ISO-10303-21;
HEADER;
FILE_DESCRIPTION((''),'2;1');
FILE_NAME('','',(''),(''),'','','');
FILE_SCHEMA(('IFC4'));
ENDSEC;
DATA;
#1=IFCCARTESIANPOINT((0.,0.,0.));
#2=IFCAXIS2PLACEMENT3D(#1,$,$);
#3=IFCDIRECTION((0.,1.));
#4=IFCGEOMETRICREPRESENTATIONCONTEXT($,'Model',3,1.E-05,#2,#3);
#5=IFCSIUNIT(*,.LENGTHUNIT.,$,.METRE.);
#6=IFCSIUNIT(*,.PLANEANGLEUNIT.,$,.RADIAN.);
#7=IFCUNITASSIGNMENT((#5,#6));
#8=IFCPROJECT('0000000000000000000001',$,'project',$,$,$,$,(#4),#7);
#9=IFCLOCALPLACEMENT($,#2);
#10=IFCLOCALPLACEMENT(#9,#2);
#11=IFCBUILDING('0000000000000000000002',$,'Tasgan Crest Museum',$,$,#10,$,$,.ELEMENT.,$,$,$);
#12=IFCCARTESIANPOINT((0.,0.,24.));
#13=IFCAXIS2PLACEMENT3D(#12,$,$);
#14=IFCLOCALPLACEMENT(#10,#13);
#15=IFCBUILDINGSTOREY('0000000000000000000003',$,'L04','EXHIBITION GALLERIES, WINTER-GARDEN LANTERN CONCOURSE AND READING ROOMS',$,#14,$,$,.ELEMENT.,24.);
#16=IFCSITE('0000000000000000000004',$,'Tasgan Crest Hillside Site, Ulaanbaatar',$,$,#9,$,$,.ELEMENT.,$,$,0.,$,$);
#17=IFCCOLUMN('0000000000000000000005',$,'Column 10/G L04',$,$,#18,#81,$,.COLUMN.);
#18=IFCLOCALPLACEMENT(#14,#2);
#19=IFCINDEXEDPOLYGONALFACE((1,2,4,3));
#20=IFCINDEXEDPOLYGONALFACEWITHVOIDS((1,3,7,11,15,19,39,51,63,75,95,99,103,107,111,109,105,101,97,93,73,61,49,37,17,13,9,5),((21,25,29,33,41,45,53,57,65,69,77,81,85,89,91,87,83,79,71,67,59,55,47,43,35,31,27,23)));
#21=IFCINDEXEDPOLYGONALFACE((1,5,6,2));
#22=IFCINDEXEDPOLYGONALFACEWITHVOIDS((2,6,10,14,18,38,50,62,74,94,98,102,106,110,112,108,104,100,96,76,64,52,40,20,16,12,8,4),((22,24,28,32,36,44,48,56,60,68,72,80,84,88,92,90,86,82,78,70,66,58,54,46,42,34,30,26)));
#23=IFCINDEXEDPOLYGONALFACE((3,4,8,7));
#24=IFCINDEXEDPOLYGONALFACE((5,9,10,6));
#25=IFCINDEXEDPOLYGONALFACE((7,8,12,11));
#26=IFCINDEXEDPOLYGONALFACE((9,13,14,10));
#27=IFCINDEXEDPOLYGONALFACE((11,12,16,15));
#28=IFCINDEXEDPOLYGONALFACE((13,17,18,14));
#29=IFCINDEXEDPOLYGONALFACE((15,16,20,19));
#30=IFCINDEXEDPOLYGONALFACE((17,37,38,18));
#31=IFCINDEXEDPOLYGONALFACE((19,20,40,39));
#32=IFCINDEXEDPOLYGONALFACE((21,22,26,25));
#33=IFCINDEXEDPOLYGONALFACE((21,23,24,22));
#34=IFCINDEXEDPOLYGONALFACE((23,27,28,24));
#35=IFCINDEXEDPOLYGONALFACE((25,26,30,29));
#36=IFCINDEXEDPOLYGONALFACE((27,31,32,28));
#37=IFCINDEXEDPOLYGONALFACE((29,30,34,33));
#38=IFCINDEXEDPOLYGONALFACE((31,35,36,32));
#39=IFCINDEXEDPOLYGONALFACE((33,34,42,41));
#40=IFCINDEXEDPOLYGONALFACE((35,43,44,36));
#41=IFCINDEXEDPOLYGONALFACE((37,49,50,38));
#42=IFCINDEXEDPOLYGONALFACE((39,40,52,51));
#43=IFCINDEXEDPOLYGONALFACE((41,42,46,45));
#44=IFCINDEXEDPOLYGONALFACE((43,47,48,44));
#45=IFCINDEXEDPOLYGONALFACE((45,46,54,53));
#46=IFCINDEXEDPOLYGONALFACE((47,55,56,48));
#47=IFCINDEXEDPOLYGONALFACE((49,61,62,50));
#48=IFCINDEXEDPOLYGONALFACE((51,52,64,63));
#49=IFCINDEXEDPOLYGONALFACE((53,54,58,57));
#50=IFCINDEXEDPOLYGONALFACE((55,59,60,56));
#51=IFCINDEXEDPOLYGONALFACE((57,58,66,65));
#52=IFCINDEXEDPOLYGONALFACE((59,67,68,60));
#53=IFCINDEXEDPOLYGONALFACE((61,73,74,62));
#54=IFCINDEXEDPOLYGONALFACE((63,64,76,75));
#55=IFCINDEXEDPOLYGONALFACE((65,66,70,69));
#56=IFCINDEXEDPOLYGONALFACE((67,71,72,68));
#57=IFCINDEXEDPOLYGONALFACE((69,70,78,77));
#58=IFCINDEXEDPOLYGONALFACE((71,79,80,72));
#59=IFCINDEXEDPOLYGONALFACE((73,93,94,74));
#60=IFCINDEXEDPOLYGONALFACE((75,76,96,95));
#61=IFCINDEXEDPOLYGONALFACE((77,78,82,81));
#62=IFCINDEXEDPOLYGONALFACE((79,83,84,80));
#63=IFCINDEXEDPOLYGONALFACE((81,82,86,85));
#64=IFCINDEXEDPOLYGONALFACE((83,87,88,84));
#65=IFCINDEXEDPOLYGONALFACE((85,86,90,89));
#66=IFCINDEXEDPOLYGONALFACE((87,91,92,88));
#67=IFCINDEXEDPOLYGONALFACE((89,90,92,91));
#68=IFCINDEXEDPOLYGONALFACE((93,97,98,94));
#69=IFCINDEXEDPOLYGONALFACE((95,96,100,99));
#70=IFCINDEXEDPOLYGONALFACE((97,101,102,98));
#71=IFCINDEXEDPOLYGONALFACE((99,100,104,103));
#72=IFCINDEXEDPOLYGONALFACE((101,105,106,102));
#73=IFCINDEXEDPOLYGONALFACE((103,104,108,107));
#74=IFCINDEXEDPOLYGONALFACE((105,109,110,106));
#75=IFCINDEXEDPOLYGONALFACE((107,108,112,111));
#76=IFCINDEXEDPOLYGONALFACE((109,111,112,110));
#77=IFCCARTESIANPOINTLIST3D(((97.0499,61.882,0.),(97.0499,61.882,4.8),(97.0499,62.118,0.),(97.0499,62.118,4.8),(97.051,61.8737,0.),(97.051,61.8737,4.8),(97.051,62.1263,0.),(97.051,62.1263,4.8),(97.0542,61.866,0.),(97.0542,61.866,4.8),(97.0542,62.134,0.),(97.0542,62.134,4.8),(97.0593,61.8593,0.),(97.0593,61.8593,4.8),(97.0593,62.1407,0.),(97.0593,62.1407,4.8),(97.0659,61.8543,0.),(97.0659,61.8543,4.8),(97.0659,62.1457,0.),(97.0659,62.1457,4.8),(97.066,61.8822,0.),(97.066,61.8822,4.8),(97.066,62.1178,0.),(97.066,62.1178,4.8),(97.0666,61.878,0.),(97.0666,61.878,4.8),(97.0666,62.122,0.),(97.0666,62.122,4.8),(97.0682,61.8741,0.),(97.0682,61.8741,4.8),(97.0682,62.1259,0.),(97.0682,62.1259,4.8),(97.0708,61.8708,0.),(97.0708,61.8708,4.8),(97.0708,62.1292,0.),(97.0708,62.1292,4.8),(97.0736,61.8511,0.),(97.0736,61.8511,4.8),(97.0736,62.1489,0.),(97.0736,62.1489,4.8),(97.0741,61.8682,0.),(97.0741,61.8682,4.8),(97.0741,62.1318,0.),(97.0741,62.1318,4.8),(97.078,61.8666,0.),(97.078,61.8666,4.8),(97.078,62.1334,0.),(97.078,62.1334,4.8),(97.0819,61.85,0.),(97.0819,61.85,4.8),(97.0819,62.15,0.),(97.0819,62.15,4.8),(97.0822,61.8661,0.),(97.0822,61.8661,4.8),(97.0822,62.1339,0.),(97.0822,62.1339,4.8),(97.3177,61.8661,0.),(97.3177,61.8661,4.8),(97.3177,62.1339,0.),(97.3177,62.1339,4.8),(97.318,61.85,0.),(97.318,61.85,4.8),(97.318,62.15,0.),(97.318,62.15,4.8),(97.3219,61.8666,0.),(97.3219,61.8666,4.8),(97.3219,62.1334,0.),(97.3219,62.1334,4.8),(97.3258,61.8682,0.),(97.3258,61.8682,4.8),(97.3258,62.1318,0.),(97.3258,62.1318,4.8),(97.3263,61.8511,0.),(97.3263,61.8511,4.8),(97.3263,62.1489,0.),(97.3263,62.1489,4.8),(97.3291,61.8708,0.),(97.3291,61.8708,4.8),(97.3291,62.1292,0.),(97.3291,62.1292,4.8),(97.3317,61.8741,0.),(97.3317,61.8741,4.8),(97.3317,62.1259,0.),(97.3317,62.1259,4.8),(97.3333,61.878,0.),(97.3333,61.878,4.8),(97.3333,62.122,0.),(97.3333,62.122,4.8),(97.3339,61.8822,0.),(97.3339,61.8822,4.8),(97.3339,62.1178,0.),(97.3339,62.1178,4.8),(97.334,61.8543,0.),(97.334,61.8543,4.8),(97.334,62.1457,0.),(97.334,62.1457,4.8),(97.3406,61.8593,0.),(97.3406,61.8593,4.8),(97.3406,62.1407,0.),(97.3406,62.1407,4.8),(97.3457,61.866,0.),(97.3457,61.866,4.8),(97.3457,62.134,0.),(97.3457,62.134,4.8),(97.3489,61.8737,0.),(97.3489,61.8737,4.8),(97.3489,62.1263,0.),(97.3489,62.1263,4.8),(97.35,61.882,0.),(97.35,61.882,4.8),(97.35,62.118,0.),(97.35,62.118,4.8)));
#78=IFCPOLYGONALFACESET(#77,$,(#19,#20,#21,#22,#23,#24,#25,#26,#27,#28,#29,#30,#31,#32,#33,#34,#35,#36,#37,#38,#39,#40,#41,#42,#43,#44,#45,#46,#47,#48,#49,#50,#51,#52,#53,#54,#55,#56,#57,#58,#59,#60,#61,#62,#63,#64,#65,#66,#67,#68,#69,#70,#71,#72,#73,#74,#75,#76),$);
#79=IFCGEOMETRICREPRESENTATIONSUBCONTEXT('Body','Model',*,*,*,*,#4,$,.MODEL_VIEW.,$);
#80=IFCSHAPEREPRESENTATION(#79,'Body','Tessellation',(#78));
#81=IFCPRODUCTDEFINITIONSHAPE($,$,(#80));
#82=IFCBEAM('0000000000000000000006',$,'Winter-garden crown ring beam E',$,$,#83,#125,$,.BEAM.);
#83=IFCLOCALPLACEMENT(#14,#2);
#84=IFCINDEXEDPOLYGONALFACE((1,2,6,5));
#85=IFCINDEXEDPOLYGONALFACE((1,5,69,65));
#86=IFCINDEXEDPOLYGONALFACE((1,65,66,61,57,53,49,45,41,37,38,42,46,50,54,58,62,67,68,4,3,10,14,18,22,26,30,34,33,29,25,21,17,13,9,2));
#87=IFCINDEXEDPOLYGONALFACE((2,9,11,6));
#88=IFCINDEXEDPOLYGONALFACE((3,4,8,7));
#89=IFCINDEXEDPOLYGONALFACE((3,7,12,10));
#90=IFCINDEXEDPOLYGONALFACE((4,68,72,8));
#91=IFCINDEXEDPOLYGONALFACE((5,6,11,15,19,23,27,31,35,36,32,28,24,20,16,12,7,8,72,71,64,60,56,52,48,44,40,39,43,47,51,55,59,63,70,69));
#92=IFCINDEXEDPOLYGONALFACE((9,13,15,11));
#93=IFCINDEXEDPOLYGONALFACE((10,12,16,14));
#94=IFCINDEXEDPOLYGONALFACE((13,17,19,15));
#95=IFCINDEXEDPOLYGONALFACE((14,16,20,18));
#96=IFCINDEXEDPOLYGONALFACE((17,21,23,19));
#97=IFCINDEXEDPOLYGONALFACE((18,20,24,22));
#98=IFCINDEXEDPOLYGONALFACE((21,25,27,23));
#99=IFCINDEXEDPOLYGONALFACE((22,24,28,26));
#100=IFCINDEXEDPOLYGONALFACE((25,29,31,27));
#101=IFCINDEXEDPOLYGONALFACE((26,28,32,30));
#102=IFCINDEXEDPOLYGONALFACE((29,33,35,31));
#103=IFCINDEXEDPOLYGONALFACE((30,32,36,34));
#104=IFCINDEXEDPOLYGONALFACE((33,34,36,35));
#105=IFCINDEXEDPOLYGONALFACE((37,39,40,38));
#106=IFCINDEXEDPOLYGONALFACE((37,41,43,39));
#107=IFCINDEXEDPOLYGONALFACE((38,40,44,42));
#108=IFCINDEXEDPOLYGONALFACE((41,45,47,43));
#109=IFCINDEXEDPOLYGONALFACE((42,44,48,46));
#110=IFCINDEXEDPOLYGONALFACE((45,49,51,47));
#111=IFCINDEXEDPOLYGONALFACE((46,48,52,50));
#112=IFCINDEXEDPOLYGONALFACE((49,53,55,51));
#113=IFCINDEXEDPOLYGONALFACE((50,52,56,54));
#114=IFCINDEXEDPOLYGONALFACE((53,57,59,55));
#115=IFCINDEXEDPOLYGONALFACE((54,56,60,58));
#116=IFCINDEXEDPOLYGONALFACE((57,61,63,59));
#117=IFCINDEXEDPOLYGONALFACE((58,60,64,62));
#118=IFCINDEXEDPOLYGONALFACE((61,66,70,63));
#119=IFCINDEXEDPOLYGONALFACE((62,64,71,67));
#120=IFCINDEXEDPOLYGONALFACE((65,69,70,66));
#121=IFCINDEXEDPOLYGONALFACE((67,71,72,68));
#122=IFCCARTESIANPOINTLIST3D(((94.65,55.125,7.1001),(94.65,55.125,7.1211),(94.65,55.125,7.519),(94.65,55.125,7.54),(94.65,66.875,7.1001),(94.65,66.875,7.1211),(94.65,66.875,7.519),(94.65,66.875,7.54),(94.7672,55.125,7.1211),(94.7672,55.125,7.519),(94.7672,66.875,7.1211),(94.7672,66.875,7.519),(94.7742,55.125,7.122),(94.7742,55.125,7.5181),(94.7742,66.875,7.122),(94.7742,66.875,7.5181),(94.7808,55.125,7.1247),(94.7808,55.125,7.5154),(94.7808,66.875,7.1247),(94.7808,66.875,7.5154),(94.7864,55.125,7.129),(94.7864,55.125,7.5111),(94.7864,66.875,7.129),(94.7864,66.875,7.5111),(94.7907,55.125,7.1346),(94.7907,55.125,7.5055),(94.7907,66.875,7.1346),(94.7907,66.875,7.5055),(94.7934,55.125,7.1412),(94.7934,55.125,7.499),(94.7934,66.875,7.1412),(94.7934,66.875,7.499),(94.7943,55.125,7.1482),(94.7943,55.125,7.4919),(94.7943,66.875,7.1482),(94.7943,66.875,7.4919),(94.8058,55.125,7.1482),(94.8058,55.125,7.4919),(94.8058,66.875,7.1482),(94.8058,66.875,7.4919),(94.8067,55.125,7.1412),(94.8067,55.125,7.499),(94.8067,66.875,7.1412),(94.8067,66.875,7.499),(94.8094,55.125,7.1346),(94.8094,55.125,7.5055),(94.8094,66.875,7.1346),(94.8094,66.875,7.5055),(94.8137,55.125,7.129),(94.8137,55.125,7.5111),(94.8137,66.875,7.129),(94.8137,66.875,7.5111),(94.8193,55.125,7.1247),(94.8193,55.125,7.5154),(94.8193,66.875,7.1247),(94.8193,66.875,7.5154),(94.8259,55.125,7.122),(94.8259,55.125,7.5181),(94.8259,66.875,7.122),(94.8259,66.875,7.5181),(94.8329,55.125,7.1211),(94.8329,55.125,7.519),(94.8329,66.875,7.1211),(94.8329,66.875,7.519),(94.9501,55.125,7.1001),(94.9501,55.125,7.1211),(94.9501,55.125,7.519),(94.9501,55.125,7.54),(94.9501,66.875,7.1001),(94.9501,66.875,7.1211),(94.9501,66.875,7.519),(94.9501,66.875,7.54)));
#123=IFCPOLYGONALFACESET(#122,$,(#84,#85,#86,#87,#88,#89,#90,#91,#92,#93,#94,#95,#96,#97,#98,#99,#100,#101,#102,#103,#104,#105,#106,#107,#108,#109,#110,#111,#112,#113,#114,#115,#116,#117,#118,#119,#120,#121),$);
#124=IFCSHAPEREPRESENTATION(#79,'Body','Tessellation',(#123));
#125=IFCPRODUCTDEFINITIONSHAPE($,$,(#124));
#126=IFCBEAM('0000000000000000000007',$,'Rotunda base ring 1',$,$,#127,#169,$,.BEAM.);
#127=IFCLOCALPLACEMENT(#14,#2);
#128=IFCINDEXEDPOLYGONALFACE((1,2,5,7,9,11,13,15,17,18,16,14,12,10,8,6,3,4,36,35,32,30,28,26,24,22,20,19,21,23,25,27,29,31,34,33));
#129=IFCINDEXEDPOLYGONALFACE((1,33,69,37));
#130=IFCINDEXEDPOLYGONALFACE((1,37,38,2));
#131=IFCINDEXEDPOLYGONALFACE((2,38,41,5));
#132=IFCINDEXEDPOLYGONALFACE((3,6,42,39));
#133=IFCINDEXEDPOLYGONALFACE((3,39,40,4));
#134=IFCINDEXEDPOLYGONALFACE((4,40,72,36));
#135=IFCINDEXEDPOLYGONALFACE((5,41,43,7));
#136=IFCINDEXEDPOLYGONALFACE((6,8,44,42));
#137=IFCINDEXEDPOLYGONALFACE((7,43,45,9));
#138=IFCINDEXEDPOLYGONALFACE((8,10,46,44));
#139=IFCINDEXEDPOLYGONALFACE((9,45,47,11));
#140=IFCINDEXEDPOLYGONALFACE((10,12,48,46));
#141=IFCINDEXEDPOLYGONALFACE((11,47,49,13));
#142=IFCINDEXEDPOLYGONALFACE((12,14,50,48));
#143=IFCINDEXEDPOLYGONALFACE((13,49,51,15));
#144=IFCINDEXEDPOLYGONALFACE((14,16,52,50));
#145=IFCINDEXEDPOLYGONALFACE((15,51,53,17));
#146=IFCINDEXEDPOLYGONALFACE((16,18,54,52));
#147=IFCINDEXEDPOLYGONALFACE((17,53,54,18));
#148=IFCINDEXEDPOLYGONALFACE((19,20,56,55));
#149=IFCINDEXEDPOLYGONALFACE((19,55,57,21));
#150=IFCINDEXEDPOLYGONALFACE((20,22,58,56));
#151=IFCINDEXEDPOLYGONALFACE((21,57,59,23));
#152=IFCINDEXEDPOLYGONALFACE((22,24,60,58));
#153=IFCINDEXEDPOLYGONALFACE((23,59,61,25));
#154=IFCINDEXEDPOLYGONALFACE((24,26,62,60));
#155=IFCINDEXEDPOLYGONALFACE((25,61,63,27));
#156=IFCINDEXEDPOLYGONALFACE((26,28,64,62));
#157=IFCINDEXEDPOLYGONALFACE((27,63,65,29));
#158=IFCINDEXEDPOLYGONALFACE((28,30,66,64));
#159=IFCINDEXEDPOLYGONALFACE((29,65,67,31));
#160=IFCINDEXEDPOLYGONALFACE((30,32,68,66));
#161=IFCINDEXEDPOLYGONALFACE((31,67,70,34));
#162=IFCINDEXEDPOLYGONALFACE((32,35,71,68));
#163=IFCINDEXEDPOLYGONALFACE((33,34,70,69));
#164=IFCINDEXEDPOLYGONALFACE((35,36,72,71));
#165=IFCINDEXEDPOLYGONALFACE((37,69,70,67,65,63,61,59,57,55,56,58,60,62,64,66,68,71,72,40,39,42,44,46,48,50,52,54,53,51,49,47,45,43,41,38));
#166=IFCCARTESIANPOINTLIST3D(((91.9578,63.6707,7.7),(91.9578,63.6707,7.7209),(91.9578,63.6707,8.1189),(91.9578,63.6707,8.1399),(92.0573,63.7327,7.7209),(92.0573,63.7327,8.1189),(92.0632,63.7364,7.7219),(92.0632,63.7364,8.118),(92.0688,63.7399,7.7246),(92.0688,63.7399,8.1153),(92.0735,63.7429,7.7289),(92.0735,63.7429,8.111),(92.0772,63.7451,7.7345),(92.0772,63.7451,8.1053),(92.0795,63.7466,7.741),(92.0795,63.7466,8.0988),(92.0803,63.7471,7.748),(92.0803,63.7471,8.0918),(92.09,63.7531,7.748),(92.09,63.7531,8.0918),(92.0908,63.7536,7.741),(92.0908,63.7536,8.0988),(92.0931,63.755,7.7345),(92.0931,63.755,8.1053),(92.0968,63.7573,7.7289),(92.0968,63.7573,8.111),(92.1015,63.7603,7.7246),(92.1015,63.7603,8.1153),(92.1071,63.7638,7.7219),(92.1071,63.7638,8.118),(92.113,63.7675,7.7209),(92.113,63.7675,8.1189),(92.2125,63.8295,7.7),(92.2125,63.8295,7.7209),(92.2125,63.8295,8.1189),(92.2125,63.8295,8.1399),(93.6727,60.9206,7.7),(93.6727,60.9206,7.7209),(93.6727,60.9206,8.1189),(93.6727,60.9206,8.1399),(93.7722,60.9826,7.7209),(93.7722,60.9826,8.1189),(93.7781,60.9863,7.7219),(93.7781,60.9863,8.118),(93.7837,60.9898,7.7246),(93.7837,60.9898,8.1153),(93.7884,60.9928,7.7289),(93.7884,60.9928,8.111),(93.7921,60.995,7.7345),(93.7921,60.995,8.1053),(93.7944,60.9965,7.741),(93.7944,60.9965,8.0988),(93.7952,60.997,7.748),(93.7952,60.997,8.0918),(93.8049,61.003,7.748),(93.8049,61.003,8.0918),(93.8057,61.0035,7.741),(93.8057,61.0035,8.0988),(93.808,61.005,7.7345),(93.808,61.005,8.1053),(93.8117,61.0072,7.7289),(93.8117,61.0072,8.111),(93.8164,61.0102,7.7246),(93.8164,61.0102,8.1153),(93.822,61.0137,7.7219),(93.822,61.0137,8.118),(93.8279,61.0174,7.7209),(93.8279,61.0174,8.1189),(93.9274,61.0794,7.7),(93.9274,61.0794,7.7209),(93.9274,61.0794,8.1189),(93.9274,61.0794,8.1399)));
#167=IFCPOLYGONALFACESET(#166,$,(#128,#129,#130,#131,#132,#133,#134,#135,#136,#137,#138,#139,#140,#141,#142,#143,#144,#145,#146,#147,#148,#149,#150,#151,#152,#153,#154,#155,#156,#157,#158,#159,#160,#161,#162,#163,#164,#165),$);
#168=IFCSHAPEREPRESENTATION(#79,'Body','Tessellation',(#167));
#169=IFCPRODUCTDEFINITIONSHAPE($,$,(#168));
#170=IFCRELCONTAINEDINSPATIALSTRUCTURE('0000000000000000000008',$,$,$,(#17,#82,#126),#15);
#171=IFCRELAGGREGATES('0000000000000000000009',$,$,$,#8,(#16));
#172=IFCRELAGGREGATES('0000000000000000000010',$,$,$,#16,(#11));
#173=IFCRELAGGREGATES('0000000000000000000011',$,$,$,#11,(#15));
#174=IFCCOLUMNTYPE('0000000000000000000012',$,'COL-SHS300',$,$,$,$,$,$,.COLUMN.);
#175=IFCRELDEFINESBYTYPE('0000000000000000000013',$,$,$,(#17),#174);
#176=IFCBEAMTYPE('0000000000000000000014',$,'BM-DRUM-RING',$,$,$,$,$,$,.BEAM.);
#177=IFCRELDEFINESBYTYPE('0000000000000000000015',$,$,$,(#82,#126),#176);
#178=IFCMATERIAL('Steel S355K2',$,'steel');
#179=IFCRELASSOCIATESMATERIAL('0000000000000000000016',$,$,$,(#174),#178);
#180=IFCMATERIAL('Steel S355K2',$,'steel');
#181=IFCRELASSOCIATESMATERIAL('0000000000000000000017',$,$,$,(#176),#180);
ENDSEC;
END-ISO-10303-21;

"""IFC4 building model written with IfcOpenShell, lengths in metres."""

from ifc_helpers import new_model, si_unit, direction, frame, origin, origin_2d, place, context, subcontext, project, spatial, hollow_rectangle, i_section, extrude, material, material_profile, profile_set, type_object, element, save


model = new_model("IFC4")

# Units and contexts
model_context = context("Model", 3, precision=1e-05, world=origin(), true_north=direction((0.0, 1.0)))
body_context = subcontext(model_context, "Body", "Model", "MODEL_VIEW")
ifc_project = project(units=[si_unit("LENGTHUNIT", "METRE"), si_unit("PLANEANGLEUNIT", "RADIAN")], contexts=[model_context])

# Site, building, storey
site_placement = place(None, origin())
site = spatial("IfcSite", under=ifc_project, at=site_placement, Name="Tasgan Crest Hillside Site, Ulaanbaatar", CompositionType="ELEMENT", RefElevation=0.0)
building_placement = place(site_placement, origin())
building = spatial("IfcBuilding", under=site, at=building_placement, Name="Tasgan Crest Museum", CompositionType="ELEMENT")
storey_placement = place(building_placement, frame((0.0, 0.0, 24.0)))
storey = spatial("IfcBuildingStorey", under=building, at=storey_placement, Name="L04", Description="EXHIBITION GALLERIES, WINTER-GARDEN LANTERN CONCOURSE AND READING ROOMS", CompositionType="ELEMENT", Elevation=24.0)

# Column
ifc_material_1 = material(Name="Steel S355K2", Category="steel")
ifc_material_profile_1 = material_profile(ifc_material_1, hollow_rectangle(XDim=0.3, YDim=0.3, WallThickness=0.0161, InnerFilletRadius=0.0161, OuterFilletRadius=0.032, at=origin_2d()), Name="SHS 300x300x16")
ifc_profile_set_1 = profile_set([ifc_material_profile_1], Name="Steel S355K2")
column_type = type_object("IfcColumnType", Name="COL-SHS300", PredefinedType="COLUMN", material=ifc_profile_set_1)
column_placement = place(storey_placement, frame((97.2, 62.0, 0.0), z_axis=(0.0, 0.0, 1.0), x_axis=(1.0, 0.0, 0.0)))
element("IfcColumn", 1, at=column_placement, inside=storey, type_object=column_type, Name="Column 10/G L04", PredefinedType="COLUMN", context=body_context, shape_type="SweptSolid", body=[
    extrude(hollow_rectangle(XDim=0.3, YDim=0.3, WallThickness=0.0161, InnerFilletRadius=0.0161, OuterFilletRadius=0.032, at=origin_2d()), origin(), (0.0, 0.0, 1.0), 4.8),
])

# Beams
ifc_material_2 = material(Name="Steel S355K2", Category="steel")
ifc_material_profile_2 = material_profile(ifc_material_2, i_section(OverallWidth=0.3, OverallDepth=0.4399, WebThickness=0.0115, FlangeThickness=0.021, FilletRadius=0.0271, at=origin_2d()), Name="HEA 450")
ifc_profile_set_2 = profile_set([ifc_material_profile_2], Name="Steel S355K2")
beam_type_1 = type_object("IfcBeamType", Name="BM-DRUM-RING", PredefinedType="BEAM", material=ifc_profile_set_2)
beam_1_placement = place(storey_placement, frame((94.8, 55.125, 7.3201), z_axis=(0.0, 1.0, 0.0), x_axis=(-1.0, 0.0, 0.0)))
element("IfcBeam", 2, at=beam_1_placement, inside=storey, type_object=beam_type_1, Name="Winter-garden crown ring beam E", PredefinedType="BEAM", context=body_context, shape_type="SweptSolid", body=[
    extrude(i_section(OverallWidth=0.3, OverallDepth=0.4399, WebThickness=0.0115, FlangeThickness=0.021, FilletRadius=0.0271, at=origin_2d()), origin(), (0.0, 0.0, 1.0), 11.75),
])
for number, where, z_axis, x_axis, name in (
    (3, (93.8, 61.0, 7.9199), (-0.529132, 0.84854, 0.0), (-0.84854, -0.529132, 0.0), "Rotunda base ring 1"),
):
    element("IfcBeam", number, at=place(storey_placement, frame(where, z_axis=z_axis, x_axis=x_axis)), inside=storey, type_object=beam_type_1, Name=name, PredefinedType="BEAM", context=body_context, shape_type="SweptSolid", body=[
        extrude(i_section(OverallWidth=0.3, OverallDepth=0.4399, WebThickness=0.0115, FlangeThickness=0.021, FilletRadius=0.0271, at=origin_2d()), origin(), (0.0, 0.0, 1.0), 3.241),
    ])

save(model, "model.ifc")
